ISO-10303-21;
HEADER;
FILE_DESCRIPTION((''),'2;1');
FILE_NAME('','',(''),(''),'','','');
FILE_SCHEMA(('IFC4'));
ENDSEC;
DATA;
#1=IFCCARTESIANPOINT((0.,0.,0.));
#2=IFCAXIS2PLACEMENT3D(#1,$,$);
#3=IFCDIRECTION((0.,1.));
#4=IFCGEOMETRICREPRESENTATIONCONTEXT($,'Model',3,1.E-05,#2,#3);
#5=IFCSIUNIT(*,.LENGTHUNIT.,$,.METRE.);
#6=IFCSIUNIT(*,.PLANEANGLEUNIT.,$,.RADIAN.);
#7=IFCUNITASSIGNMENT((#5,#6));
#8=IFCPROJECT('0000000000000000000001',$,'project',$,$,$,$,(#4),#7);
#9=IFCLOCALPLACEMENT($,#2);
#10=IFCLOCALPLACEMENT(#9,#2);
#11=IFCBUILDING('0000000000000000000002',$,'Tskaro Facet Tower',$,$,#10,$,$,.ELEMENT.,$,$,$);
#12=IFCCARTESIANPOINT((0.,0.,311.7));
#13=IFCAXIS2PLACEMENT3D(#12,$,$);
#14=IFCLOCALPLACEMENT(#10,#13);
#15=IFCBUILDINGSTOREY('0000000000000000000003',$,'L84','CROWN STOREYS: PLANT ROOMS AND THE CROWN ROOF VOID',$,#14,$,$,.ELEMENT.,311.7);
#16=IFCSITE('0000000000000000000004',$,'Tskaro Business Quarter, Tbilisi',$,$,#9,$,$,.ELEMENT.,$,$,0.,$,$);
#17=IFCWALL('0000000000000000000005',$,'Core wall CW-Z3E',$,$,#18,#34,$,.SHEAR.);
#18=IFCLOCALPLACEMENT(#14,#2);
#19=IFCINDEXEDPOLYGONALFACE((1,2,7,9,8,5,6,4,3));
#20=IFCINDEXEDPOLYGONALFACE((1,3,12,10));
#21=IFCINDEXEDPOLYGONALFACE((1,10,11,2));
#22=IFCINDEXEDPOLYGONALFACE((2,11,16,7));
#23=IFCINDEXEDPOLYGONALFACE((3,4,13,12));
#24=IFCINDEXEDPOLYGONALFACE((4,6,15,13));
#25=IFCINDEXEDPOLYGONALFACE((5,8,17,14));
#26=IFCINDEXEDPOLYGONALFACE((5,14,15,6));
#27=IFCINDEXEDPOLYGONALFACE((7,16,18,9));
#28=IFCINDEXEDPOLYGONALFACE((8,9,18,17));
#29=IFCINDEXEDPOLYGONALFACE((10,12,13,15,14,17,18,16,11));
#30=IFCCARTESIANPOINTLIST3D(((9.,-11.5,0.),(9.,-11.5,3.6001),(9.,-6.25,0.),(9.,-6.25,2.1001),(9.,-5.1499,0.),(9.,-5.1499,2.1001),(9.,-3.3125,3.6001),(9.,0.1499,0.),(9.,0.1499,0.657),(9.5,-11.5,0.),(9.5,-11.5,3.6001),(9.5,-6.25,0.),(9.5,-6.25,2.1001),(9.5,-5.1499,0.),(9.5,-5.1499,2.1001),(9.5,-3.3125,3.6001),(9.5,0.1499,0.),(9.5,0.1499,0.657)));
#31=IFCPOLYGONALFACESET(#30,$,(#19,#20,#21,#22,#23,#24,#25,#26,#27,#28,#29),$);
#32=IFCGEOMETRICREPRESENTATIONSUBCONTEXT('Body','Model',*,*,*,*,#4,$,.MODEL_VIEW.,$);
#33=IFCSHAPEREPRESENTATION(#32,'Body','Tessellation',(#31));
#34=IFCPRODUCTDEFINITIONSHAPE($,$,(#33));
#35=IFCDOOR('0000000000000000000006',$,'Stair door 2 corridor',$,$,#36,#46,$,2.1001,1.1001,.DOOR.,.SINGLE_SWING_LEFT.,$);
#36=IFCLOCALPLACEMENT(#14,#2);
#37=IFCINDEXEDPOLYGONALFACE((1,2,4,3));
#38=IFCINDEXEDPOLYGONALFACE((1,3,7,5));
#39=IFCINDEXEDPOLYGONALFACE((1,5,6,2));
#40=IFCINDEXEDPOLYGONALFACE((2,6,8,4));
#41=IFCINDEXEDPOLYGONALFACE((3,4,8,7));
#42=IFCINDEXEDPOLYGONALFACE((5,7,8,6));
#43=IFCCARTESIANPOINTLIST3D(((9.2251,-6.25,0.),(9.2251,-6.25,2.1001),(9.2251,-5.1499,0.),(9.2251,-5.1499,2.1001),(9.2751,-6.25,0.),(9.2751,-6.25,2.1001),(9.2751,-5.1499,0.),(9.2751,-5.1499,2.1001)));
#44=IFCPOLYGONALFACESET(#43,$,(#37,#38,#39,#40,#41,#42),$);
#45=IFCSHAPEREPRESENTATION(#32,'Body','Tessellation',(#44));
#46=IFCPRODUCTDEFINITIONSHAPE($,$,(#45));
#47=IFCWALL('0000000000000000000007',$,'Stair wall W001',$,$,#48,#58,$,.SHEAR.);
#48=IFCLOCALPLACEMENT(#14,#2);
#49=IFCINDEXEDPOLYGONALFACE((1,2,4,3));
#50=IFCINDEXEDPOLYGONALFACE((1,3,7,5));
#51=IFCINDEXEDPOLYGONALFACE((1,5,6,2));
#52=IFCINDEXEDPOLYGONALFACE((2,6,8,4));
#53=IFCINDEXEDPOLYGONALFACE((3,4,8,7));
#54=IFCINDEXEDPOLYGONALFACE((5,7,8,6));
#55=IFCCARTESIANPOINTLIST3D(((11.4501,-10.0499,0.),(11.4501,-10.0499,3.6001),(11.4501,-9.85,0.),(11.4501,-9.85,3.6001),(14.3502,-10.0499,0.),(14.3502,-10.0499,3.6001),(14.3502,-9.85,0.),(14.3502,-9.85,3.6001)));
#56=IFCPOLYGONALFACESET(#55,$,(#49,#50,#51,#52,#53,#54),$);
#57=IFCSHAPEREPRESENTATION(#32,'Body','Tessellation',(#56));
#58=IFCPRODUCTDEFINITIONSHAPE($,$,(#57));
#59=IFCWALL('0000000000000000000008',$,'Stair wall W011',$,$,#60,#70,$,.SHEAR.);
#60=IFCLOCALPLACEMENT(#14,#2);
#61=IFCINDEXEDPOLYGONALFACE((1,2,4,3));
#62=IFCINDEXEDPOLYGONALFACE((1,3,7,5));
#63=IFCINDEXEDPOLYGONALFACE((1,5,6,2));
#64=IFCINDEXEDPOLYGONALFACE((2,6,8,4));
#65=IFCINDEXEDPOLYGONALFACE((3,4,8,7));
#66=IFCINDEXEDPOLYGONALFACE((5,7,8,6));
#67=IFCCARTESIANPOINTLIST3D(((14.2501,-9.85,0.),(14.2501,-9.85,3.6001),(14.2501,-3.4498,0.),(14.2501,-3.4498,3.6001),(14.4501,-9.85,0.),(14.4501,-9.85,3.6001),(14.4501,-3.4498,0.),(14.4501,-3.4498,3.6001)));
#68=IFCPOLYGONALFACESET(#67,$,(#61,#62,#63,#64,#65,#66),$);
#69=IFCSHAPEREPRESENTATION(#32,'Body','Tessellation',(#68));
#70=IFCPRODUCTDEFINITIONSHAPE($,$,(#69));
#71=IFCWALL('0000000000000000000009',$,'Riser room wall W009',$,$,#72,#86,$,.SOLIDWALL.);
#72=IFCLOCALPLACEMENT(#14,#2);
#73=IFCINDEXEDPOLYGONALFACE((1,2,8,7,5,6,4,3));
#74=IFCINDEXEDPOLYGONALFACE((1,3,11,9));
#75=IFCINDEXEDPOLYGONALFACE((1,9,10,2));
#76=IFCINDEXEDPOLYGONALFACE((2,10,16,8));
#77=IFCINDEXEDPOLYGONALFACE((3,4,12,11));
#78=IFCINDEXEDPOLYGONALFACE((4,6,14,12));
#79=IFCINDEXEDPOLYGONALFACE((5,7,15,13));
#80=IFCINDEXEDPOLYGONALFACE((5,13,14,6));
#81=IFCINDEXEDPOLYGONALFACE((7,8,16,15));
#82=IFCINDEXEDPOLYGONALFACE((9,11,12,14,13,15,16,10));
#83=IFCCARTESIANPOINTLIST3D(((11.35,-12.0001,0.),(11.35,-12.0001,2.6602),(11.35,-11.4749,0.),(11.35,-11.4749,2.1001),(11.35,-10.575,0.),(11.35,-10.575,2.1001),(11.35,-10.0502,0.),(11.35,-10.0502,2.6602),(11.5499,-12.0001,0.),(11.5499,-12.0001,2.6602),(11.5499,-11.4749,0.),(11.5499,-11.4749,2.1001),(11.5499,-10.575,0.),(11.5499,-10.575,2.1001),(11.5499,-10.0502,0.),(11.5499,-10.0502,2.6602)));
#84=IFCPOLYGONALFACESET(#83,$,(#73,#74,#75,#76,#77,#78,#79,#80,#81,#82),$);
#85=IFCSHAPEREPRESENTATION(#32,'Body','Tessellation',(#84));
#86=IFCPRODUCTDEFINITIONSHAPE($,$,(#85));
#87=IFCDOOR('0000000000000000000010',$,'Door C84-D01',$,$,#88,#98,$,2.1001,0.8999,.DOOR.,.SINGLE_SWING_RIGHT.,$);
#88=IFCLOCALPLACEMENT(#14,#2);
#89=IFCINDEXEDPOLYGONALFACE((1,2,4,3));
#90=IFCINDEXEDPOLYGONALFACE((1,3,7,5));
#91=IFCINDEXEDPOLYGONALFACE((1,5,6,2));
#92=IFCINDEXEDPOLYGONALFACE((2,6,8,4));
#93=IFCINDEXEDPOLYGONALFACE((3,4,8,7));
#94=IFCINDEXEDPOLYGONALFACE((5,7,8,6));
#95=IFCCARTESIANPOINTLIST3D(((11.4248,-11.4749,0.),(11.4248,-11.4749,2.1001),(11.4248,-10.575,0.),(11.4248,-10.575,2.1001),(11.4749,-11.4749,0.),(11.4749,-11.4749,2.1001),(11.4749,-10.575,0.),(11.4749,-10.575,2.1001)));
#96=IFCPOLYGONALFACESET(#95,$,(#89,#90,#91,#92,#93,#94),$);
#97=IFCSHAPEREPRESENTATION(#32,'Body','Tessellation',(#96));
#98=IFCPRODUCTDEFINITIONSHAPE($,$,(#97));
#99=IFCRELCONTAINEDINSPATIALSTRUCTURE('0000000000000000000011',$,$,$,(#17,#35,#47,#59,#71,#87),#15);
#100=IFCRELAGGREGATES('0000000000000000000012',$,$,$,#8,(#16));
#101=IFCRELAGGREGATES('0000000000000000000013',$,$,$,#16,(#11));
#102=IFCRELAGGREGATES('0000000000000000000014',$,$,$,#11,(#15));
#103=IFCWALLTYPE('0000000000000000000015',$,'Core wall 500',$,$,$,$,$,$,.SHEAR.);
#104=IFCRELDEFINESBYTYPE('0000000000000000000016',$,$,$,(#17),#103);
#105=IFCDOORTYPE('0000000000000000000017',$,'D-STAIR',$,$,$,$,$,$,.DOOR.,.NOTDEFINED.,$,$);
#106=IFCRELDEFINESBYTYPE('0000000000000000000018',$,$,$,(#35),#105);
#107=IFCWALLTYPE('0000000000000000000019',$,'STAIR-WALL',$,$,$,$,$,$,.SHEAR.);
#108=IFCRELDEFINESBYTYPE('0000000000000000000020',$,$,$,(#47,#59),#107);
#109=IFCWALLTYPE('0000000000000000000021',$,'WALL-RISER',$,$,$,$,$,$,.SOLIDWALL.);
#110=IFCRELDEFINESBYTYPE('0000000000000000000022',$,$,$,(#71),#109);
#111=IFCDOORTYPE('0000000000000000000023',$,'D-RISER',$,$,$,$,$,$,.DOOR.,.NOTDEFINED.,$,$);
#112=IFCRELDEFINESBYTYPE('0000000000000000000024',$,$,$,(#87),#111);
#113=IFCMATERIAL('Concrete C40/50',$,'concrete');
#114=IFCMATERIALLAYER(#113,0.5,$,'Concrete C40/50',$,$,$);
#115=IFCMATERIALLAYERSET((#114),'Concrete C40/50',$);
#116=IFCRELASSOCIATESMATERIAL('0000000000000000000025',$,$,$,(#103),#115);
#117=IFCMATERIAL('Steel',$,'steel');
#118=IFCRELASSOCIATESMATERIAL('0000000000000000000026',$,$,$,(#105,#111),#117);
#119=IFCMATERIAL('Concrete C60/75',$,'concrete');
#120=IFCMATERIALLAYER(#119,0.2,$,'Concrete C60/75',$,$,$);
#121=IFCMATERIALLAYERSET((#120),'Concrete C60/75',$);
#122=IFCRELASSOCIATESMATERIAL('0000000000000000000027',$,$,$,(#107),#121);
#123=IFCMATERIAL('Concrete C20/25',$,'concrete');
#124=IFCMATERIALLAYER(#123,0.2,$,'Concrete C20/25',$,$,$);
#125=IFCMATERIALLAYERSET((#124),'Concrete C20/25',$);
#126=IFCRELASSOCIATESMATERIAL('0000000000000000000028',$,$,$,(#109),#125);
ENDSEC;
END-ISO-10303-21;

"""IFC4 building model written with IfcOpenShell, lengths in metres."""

from ifc_helpers import new_model, si_unit, direction, frame, frame_2d, origin, place, context, subcontext, project, spatial, polyline, rectangle, outline, extrude, material, layer, layer_set, type_object, element, fill, save


model = new_model("IFC4")

# Units and contexts
model_context = context("Model", 3, precision=1e-05, world=origin(), true_north=direction((0.0, 1.0)))
body_context = subcontext(model_context, "Body", "Model", "MODEL_VIEW")
ifc_project = project(units=[si_unit("LENGTHUNIT", "METRE"), si_unit("PLANEANGLEUNIT", "RADIAN")], contexts=[model_context])

# Site, building, storey
site_placement = place(None, origin())
site = spatial("IfcSite", under=ifc_project, at=site_placement, Name="Tskaro Business Quarter, Tbilisi", CompositionType="ELEMENT", RefElevation=0.0)
building_placement = place(site_placement, origin())
building = spatial("IfcBuilding", under=site, at=building_placement, Name="Tskaro Facet Tower", CompositionType="ELEMENT")
storey_placement = place(building_placement, frame((0.0, 0.0, 311.7)))
storey = spatial("IfcBuildingStorey", under=building, at=storey_placement, Name="L84", Description="CROWN STOREYS: PLANT ROOMS AND THE CROWN ROOF VOID", CompositionType="ELEMENT", Elevation=311.7)

# Shared definitions
ifc_material_1 = material(Name="Concrete C60/75", Category="concrete")

# Wall, opening, door
ifc_material_2 = material(Name="Concrete C40/50", Category="concrete")
ifc_layer_1 = layer(ifc_material_2, 0.5, Name="Concrete C40/50")
ifc_layer_set_1 = layer_set([ifc_layer_1], Name="Concrete C40/50")
wall_type_1 = type_object("IfcWallType", Name="Core wall 500", PredefinedType="SHEAR", material=ifc_layer_set_1)
wall_1_placement = place(storey_placement, frame((9.25, -11.5, 0.0), z_axis=(0.0, 0.0, 1.0), x_axis=(0.0, 1.0, 0.0)))
wall_1 = element("IfcWall", 1, at=wall_1_placement, inside=storey, type_object=wall_type_1, Name="Core wall CW-Z3E", PredefinedType="SHEAR", context=body_context, shape_type="SweptSolid", body=[
    extrude(outline(polyline([(0.0, 0.0), (11.6499, 0.0), (11.6499, 0.657), (8.1875, 3.6001), (0.0, 3.6001), (0.0, 0.0)])), frame((0.0, 0.25, 0.0), z_axis=(0.0, -1.0, 0.0), x_axis=(1.0, 0.0, 0.0)), (0.0, 0.0, 1.0), 0.5),
])
opening_1_placement = place(wall_1_placement, frame((5.25, 0.0, 0.0)))
opening_1 = element("IfcOpeningElement", 2, at=opening_1_placement, cuts=wall_1, PredefinedType="OPENING", context=body_context, shape_type="SweptSolid", body=[
    extrude(rectangle(XDim=1.1001, YDim=2.1001, at=frame_2d((0.55, 1.05))), frame((0.0, 0.26, 0.0), z_axis=(0.0, -1.0, 0.0), x_axis=(1.0, 0.0, 0.0)), (0.0, 0.0, 1.0), 0.52),
])
ifc_material_3 = material(Name="Steel", Category="steel")
door_type_1 = type_object("IfcDoorType", Name="D-STAIR", OperationType="NOTDEFINED", PredefinedType="DOOR", material=ifc_material_3)
door_1_placement = place(opening_1_placement, origin())
door_1 = element("IfcDoor", 3, at=door_1_placement, inside=storey, type_object=door_type_1, Name="Stair door 2 corridor", OperationType="SINGLE_SWING_LEFT", OverallHeight=2.1001, OverallWidth=1.1001, PredefinedType="DOOR", context=body_context, shape_type="SweptSolid", body=[
    extrude(rectangle(XDim=1.1001, YDim=2.1001, at=frame_2d((0.55, 1.05))), frame((0.0, 0.0249, 0.0), z_axis=(0.0, -1.0, 0.0), x_axis=(1.0, 0.0, 0.0)), (0.0, 0.0, 1.0), 0.05),
])
fill(opening_1, door_1)

# Walls
ifc_layer_2 = layer(ifc_material_1, 0.2, Name="Concrete C60/75")
ifc_layer_set_2 = layer_set([ifc_layer_2], Name="Concrete C60/75")
wall_type_2 = type_object("IfcWallType", Name="STAIR-WALL", PredefinedType="SHEAR", material=ifc_layer_set_2)
wall_2_placement = place(storey_placement, frame((11.45, -9.95, 0.0), z_axis=(0.0, 0.0, 1.0), x_axis=(1.0, 0.0, 0.0)))
element("IfcWall", 4, at=wall_2_placement, inside=storey, type_object=wall_type_2, Name="Stair wall W001", PredefinedType="SHEAR", context=body_context, shape_type="SweptSolid", body=[
    extrude(rectangle(XDim=2.9001, YDim=0.2, at=frame_2d((1.4502, 0.0))), origin(), (0.0, 0.0, 1.0), 3.6001),
])
wall_3_placement = place(storey_placement, frame((14.3501, -9.8501, 0.0), z_axis=(0.0, 0.0, 1.0), x_axis=(0.0, 1.0, 0.0)))
element("IfcWall", 5, at=wall_3_placement, inside=storey, type_object=wall_type_2, Name="Stair wall W011", PredefinedType="SHEAR", context=body_context, shape_type="SweptSolid", body=[
    extrude(rectangle(XDim=6.4001, YDim=0.2, at=frame_2d((3.2002, 0.0))), origin(), (0.0, 0.0, 1.0), 3.6001),
])

# Wall, opening, door
ifc_material_4 = material(Name="Concrete C20/25", Category="concrete")
ifc_layer_3 = layer(ifc_material_4, 0.2, Name="Concrete C20/25")
ifc_layer_set_3 = layer_set([ifc_layer_3], Name="Concrete C20/25")
wall_type_3 = type_object("IfcWallType", Name="WALL-RISER", PredefinedType="SOLIDWALL", material=ifc_layer_set_3)
wall_4_placement = place(storey_placement, frame((11.45, -10.05, 0.0), z_axis=(0.0, 0.0, 1.0), x_axis=(0.0, -1.0, 0.0)))
wall_4 = element("IfcWall", 6, at=wall_4_placement, inside=storey, type_object=wall_type_3, Name="Riser room wall W009", PredefinedType="SOLIDWALL", context=body_context, shape_type="SweptSolid", body=[
    extrude(rectangle(XDim=1.95, YDim=0.2, at=frame_2d((0.9751, 0.0))), origin(), (0.0, 0.0, 1.0), 2.6602),
])
opening_2_placement = place(wall_4_placement, frame((0.5249, 0.0, 0.0)))
opening_2 = element("IfcOpeningElement", 7, at=opening_2_placement, cuts=wall_4, PredefinedType="OPENING", context=body_context, shape_type="SweptSolid", body=[
    extrude(rectangle(XDim=0.8999, YDim=2.1001, at=frame_2d((0.45, 1.05))), frame((0.0, 0.1099, 0.0), z_axis=(0.0, -1.0, 0.0), x_axis=(1.0, 0.0, 0.0)), (0.0, 0.0, 1.0), 0.22),
])
door_type_2 = type_object("IfcDoorType", Name="D-RISER", OperationType="NOTDEFINED", PredefinedType="DOOR", material=ifc_material_3)
door_2_placement = place(opening_2_placement, origin())
door_2 = element("IfcDoor", 8, at=door_2_placement, inside=storey, type_object=door_type_2, Name="Door C84-D01", OperationType="SINGLE_SWING_RIGHT", OverallHeight=2.1001, OverallWidth=0.8999, PredefinedType="DOOR", context=body_context, shape_type="SweptSolid", body=[
    extrude(rectangle(XDim=0.8999, YDim=2.1001, at=frame_2d((0.45, 1.05))), frame((0.0, 0.0249, 0.0), z_axis=(0.0, -1.0, 0.0), x_axis=(1.0, 0.0, 0.0)), (0.0, 0.0, 1.0), 0.05),
])
fill(opening_2, door_2)

save(model, "model.ifc")
